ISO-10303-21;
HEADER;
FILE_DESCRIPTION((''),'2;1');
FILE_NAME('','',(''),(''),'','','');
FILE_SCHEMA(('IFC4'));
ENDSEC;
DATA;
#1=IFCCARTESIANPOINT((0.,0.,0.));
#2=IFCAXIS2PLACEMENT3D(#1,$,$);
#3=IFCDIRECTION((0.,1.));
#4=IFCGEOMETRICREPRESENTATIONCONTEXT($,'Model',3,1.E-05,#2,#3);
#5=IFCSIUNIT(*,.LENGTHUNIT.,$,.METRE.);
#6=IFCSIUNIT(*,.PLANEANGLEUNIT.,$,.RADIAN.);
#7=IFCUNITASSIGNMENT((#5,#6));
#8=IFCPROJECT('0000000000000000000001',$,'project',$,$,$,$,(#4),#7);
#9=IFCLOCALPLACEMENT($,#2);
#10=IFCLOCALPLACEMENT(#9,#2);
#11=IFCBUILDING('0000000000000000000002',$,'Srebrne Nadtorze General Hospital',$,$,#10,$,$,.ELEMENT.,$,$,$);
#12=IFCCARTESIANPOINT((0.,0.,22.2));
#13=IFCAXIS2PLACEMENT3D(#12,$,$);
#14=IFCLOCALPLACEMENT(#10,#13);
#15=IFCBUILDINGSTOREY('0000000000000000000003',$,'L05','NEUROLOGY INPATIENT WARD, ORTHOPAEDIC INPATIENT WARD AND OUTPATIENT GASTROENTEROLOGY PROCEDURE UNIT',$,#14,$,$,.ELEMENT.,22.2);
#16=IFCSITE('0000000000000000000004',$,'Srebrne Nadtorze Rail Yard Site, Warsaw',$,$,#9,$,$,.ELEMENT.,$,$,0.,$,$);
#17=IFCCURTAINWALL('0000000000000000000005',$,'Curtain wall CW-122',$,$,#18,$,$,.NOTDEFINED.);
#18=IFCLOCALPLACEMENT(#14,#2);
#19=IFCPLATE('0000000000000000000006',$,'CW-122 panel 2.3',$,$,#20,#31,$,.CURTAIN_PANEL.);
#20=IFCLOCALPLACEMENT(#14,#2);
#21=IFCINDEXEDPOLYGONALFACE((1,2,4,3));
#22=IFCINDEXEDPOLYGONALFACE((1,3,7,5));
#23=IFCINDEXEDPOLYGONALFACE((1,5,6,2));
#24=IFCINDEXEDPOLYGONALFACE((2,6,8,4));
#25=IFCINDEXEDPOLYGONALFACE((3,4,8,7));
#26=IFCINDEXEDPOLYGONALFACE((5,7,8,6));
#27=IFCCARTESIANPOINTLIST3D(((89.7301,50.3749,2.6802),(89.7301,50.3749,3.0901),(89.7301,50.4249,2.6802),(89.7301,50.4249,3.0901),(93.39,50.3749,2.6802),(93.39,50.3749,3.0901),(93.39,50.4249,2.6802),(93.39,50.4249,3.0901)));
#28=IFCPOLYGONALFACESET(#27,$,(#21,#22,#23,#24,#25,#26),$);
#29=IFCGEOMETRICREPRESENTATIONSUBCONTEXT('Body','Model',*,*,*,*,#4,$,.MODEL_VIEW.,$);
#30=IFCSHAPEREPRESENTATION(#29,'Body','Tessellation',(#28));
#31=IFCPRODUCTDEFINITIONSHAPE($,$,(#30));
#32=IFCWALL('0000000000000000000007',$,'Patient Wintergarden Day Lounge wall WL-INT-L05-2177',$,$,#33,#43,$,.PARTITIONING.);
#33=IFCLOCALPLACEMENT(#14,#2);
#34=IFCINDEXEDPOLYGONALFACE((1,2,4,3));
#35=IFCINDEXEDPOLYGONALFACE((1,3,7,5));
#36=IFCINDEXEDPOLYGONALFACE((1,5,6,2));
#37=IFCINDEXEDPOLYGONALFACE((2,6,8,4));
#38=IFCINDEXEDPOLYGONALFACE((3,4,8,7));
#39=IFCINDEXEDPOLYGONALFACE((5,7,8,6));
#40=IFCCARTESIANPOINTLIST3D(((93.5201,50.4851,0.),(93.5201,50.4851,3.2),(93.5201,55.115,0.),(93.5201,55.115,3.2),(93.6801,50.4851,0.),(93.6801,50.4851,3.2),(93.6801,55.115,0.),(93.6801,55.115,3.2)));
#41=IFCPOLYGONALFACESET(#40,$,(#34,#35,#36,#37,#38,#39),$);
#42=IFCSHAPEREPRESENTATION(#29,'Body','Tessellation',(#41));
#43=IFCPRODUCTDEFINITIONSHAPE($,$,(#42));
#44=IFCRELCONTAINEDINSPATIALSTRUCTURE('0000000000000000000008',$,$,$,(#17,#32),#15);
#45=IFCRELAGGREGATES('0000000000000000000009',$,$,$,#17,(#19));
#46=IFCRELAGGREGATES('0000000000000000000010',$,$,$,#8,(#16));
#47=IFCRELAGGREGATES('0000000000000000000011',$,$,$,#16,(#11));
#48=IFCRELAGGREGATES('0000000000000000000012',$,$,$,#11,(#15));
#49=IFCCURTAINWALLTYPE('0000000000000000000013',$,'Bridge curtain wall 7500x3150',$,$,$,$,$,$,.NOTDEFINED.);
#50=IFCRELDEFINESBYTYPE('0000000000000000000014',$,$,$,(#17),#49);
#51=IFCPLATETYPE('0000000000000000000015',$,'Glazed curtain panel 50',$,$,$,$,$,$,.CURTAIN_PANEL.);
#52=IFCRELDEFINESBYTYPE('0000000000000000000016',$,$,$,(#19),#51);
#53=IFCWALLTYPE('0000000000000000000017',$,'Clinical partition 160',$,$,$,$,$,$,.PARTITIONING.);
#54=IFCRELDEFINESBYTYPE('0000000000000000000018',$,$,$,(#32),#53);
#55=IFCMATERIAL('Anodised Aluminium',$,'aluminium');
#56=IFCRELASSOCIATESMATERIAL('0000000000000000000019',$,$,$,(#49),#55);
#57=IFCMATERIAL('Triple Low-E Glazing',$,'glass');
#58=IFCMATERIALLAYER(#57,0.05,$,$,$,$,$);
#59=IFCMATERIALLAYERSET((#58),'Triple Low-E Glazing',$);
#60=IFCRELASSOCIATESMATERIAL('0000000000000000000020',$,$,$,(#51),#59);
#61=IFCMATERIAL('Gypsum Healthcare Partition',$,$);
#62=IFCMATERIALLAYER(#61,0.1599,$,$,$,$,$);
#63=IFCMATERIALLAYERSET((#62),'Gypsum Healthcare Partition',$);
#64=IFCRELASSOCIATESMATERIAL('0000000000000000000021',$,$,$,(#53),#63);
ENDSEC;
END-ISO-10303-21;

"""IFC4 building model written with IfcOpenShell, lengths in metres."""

from ifc_helpers import new_model, si_unit, direction, frame, frame_2d, origin, origin_2d, place, context, subcontext, project, spatial, rectangle, extrude, material, layer, layer_set, type_object, element, aggregate, save


model = new_model("IFC4")

# Units and contexts
model_context = context("Model", 3, precision=1e-05, world=origin(), true_north=direction((0.0, 1.0)))
body_context = subcontext(model_context, "Body", "Model", "MODEL_VIEW")
ifc_project = project(units=[si_unit("LENGTHUNIT", "METRE"), si_unit("PLANEANGLEUNIT", "RADIAN")], contexts=[model_context])

# Site, building, storey
site_placement = place(None, origin())
site = spatial("IfcSite", under=ifc_project, at=site_placement, Name="Srebrne Nadtorze Rail Yard Site, Warsaw", CompositionType="ELEMENT", RefElevation=0.0)
building_placement = place(site_placement, origin())
building = spatial("IfcBuilding", under=site, at=building_placement, Name="Srebrne Nadtorze General Hospital", CompositionType="ELEMENT")
storey_placement = place(building_placement, frame((0.0, 0.0, 22.2)))
storey = spatial("IfcBuildingStorey", under=building, at=storey_placement, Name="L05", Description="NEUROLOGY INPATIENT WARD, ORTHOPAEDIC INPATIENT WARD AND OUTPATIENT GASTROENTEROLOGY PROCEDURE UNIT", CompositionType="ELEMENT", Elevation=22.2)

# Curtain wall
ifc_material_1 = material(Name="Anodised Aluminium", Category="aluminium")
curtain_wall_type_1 = type_object("IfcCurtainWallType", Name="Bridge curtain wall 7500x3150", PredefinedType="NOTDEFINED", material=ifc_material_1)
curtain_wall_1_placement = place(storey_placement, origin())
curtain_wall_1 = element("IfcCurtainWall", 1, at=curtain_wall_1_placement, inside=storey, type_object=curtain_wall_type_1, Name="Curtain wall CW-122", PredefinedType="NOTDEFINED")

# Plate
ifc_material_2 = material(Name="Triple Low-E Glazing", Category="glass")
ifc_layer_1 = layer(ifc_material_2, 0.05)
ifc_layer_set_1 = layer_set([ifc_layer_1], Name="Triple Low-E Glazing")
plate_type = type_object("IfcPlateType", Name="Glazed curtain panel 50", PredefinedType="CURTAIN_PANEL", material=ifc_layer_set_1)
plate_1_placement = place(storey_placement, frame((91.5601, 50.3999, 2.6802), z_axis=(0.0, 0.0, 1.0), x_axis=(1.0, 0.0, 0.0)))
plate_1 = element("IfcPlate", 2, at=plate_1_placement, type_object=plate_type, Name="CW-122 panel 2.3", PredefinedType="CURTAIN_PANEL", context=body_context, shape_type="SweptSolid", body=[
    extrude(rectangle(XDim=3.6599, YDim=0.05, at=origin_2d()), origin(), (0.0, 0.0, 1.0), 0.4099),
])
aggregate(curtain_wall_1, [plate_1])

# Wall
ifc_material_3 = material(Name="Gypsum Healthcare Partition")
ifc_layer_2 = layer(ifc_material_3, 0.1599)
ifc_layer_set_2 = layer_set([ifc_layer_2], Name="Gypsum Healthcare Partition")
wall_type = type_object("IfcWallType", Name="Clinical partition 160", PredefinedType="PARTITIONING", material=ifc_layer_set_2)
wall_placement = place(storey_placement, frame((93.6001, 50.4851, 0.0), z_axis=(0.0, 0.0, 1.0), x_axis=(0.0, 1.0, 0.0)))
element("IfcWall", 3, at=wall_placement, inside=storey, type_object=wall_type, Name="Patient Wintergarden Day Lounge wall WL-INT-L05-2177", PredefinedType="PARTITIONING", context=body_context, shape_type="SweptSolid", body=[
    extrude(rectangle(XDim=4.6299, YDim=0.1599, at=frame_2d((2.3149, 0.0))), origin(), (0.0, 0.0, 1.0), 3.2),
])

save(model, "model.ifc")
